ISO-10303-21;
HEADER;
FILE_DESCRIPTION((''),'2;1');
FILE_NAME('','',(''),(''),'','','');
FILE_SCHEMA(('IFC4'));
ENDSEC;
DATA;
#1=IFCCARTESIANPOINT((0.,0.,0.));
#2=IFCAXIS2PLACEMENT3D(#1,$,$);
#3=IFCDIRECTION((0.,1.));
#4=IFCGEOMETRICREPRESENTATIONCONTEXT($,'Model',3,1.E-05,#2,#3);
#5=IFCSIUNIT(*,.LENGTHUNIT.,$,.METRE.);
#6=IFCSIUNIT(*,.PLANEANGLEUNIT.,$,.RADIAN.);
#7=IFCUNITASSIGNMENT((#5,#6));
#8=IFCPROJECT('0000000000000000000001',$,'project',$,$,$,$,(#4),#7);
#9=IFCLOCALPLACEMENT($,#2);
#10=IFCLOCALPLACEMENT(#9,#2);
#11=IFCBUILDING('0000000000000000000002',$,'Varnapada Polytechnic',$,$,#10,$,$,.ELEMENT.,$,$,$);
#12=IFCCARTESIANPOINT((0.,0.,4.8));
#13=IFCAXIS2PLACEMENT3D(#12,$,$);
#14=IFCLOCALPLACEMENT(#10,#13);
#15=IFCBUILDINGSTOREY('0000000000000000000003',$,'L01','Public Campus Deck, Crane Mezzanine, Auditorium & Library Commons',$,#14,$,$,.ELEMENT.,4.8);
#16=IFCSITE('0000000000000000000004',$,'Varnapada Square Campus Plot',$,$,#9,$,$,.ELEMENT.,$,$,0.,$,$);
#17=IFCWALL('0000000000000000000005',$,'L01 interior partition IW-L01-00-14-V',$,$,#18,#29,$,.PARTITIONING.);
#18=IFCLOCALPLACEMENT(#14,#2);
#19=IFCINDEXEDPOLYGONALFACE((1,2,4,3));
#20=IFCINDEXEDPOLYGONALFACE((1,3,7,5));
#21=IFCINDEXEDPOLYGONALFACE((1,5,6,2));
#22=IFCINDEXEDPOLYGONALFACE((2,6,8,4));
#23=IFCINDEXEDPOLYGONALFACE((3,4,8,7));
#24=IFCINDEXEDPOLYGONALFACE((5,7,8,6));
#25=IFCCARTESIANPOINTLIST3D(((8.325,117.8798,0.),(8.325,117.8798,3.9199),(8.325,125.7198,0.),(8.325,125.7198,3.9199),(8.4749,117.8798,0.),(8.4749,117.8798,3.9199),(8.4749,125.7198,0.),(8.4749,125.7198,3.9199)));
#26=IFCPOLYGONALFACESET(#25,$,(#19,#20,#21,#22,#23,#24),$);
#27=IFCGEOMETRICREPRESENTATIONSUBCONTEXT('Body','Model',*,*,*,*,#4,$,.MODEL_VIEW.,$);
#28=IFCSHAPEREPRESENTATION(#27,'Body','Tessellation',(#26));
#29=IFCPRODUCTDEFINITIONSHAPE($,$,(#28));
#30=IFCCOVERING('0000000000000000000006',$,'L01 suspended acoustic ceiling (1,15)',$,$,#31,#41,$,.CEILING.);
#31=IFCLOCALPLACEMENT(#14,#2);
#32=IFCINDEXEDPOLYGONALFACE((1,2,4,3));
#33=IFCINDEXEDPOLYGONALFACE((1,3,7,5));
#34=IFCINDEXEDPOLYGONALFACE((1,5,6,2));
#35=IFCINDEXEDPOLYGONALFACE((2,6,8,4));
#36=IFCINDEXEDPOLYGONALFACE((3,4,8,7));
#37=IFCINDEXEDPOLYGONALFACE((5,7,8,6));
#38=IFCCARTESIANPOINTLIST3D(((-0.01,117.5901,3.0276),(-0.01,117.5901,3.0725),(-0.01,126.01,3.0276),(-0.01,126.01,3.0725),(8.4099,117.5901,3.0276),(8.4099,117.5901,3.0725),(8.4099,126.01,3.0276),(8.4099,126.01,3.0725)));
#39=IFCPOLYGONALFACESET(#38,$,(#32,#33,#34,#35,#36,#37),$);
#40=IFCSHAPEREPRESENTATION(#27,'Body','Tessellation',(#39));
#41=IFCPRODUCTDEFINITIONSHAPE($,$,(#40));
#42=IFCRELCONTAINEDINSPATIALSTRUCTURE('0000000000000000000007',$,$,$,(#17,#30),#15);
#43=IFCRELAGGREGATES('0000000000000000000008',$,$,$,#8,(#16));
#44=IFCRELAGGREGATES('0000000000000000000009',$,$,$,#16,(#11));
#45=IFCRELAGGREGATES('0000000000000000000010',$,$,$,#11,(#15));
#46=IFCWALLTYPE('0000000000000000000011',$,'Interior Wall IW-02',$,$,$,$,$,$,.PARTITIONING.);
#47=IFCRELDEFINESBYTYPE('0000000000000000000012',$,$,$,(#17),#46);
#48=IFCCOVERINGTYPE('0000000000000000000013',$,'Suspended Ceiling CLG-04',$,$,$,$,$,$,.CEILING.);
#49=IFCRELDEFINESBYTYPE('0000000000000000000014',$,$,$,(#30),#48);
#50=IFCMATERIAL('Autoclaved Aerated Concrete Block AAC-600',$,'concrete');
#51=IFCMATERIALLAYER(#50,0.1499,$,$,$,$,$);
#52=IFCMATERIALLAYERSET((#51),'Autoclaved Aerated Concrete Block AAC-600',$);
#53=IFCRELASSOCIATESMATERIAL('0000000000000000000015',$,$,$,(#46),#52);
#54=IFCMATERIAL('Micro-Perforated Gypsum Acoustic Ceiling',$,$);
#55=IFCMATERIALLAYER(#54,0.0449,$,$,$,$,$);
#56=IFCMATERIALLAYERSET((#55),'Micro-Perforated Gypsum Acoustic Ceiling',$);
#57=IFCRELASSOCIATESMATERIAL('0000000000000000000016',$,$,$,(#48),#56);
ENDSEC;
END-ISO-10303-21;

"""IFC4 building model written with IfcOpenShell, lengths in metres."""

from ifc_helpers import new_model, si_unit, direction, frame, frame_2d, origin, origin_2d, place, context, subcontext, project, spatial, rectangle, extrude, material, layer, layer_set, type_object, element, save


model = new_model("IFC4")

# Units and contexts
model_context = context("Model", 3, precision=1e-05, world=origin(), true_north=direction((0.0, 1.0)))
body_context = subcontext(model_context, "Body", "Model", "MODEL_VIEW")
ifc_project = project(units=[si_unit("LENGTHUNIT", "METRE"), si_unit("PLANEANGLEUNIT", "RADIAN")], contexts=[model_context])

# Site, building, storey
site_placement = place(None, origin())
site = spatial("IfcSite", under=ifc_project, at=site_placement, Name="Varnapada Square Campus Plot", CompositionType="ELEMENT", RefElevation=0.0)
building_placement = place(site_placement, origin())
building = spatial("IfcBuilding", under=site, at=building_placement, Name="Varnapada Polytechnic", CompositionType="ELEMENT")
storey_placement = place(building_placement, frame((0.0, 0.0, 4.8)))
storey = spatial("IfcBuildingStorey", under=building, at=storey_placement, Name="L01", Description="Public Campus Deck, Crane Mezzanine, Auditorium & Library Commons", CompositionType="ELEMENT", Elevation=4.8)

# Wall
ifc_material_1 = material(Name="Autoclaved Aerated Concrete Block AAC-600", Category="concrete")
ifc_layer_1 = layer(ifc_material_1, 0.1499)
ifc_layer_set_1 = layer_set([ifc_layer_1], Name="Autoclaved Aerated Concrete Block AAC-600")
wall_type = type_object("IfcWallType", Name="Interior Wall IW-02", PredefinedType="PARTITIONING", material=ifc_layer_set_1)
wall_placement = place(storey_placement, frame((8.3999, 117.8799, 0.0), z_axis=(0.0, 0.0, 1.0), x_axis=(0.0, 1.0, 0.0)))
element("IfcWall", 1, at=wall_placement, inside=storey, type_object=wall_type, Name="L01 interior partition IW-L01-00-14-V", PredefinedType="PARTITIONING", context=body_context, shape_type="SweptSolid", body=[
    extrude(rectangle(XDim=7.8401, YDim=0.1499, at=frame_2d((3.9199, 0.0))), origin(), (0.0, 0.0, 1.0), 3.9199),
])

# Covering
ifc_material_2 = material(Name="Micro-Perforated Gypsum Acoustic Ceiling")
ifc_layer_2 = layer(ifc_material_2, 0.0449)
ifc_layer_set_2 = layer_set([ifc_layer_2], Name="Micro-Perforated Gypsum Acoustic Ceiling")
covering_type = type_object("IfcCoveringType", Name="Suspended Ceiling CLG-04", PredefinedType="CEILING", material=ifc_layer_set_2)
covering_placement = place(storey_placement, frame((4.2, 121.8, 3.0276), z_axis=(0.0, 0.0, 1.0), x_axis=(1.0, 0.0, 0.0)))
element("IfcCovering", 2, at=covering_placement, inside=storey, type_object=covering_type, Name="L01 suspended acoustic ceiling (1,15)", PredefinedType="CEILING", context=body_context, shape_type="SweptSolid", body=[
    extrude(rectangle(XDim=8.4199, YDim=8.4199, at=origin_2d()), origin(), (0.0, 0.0, 1.0), 0.0449),
])

save(model, "model.ifc")
